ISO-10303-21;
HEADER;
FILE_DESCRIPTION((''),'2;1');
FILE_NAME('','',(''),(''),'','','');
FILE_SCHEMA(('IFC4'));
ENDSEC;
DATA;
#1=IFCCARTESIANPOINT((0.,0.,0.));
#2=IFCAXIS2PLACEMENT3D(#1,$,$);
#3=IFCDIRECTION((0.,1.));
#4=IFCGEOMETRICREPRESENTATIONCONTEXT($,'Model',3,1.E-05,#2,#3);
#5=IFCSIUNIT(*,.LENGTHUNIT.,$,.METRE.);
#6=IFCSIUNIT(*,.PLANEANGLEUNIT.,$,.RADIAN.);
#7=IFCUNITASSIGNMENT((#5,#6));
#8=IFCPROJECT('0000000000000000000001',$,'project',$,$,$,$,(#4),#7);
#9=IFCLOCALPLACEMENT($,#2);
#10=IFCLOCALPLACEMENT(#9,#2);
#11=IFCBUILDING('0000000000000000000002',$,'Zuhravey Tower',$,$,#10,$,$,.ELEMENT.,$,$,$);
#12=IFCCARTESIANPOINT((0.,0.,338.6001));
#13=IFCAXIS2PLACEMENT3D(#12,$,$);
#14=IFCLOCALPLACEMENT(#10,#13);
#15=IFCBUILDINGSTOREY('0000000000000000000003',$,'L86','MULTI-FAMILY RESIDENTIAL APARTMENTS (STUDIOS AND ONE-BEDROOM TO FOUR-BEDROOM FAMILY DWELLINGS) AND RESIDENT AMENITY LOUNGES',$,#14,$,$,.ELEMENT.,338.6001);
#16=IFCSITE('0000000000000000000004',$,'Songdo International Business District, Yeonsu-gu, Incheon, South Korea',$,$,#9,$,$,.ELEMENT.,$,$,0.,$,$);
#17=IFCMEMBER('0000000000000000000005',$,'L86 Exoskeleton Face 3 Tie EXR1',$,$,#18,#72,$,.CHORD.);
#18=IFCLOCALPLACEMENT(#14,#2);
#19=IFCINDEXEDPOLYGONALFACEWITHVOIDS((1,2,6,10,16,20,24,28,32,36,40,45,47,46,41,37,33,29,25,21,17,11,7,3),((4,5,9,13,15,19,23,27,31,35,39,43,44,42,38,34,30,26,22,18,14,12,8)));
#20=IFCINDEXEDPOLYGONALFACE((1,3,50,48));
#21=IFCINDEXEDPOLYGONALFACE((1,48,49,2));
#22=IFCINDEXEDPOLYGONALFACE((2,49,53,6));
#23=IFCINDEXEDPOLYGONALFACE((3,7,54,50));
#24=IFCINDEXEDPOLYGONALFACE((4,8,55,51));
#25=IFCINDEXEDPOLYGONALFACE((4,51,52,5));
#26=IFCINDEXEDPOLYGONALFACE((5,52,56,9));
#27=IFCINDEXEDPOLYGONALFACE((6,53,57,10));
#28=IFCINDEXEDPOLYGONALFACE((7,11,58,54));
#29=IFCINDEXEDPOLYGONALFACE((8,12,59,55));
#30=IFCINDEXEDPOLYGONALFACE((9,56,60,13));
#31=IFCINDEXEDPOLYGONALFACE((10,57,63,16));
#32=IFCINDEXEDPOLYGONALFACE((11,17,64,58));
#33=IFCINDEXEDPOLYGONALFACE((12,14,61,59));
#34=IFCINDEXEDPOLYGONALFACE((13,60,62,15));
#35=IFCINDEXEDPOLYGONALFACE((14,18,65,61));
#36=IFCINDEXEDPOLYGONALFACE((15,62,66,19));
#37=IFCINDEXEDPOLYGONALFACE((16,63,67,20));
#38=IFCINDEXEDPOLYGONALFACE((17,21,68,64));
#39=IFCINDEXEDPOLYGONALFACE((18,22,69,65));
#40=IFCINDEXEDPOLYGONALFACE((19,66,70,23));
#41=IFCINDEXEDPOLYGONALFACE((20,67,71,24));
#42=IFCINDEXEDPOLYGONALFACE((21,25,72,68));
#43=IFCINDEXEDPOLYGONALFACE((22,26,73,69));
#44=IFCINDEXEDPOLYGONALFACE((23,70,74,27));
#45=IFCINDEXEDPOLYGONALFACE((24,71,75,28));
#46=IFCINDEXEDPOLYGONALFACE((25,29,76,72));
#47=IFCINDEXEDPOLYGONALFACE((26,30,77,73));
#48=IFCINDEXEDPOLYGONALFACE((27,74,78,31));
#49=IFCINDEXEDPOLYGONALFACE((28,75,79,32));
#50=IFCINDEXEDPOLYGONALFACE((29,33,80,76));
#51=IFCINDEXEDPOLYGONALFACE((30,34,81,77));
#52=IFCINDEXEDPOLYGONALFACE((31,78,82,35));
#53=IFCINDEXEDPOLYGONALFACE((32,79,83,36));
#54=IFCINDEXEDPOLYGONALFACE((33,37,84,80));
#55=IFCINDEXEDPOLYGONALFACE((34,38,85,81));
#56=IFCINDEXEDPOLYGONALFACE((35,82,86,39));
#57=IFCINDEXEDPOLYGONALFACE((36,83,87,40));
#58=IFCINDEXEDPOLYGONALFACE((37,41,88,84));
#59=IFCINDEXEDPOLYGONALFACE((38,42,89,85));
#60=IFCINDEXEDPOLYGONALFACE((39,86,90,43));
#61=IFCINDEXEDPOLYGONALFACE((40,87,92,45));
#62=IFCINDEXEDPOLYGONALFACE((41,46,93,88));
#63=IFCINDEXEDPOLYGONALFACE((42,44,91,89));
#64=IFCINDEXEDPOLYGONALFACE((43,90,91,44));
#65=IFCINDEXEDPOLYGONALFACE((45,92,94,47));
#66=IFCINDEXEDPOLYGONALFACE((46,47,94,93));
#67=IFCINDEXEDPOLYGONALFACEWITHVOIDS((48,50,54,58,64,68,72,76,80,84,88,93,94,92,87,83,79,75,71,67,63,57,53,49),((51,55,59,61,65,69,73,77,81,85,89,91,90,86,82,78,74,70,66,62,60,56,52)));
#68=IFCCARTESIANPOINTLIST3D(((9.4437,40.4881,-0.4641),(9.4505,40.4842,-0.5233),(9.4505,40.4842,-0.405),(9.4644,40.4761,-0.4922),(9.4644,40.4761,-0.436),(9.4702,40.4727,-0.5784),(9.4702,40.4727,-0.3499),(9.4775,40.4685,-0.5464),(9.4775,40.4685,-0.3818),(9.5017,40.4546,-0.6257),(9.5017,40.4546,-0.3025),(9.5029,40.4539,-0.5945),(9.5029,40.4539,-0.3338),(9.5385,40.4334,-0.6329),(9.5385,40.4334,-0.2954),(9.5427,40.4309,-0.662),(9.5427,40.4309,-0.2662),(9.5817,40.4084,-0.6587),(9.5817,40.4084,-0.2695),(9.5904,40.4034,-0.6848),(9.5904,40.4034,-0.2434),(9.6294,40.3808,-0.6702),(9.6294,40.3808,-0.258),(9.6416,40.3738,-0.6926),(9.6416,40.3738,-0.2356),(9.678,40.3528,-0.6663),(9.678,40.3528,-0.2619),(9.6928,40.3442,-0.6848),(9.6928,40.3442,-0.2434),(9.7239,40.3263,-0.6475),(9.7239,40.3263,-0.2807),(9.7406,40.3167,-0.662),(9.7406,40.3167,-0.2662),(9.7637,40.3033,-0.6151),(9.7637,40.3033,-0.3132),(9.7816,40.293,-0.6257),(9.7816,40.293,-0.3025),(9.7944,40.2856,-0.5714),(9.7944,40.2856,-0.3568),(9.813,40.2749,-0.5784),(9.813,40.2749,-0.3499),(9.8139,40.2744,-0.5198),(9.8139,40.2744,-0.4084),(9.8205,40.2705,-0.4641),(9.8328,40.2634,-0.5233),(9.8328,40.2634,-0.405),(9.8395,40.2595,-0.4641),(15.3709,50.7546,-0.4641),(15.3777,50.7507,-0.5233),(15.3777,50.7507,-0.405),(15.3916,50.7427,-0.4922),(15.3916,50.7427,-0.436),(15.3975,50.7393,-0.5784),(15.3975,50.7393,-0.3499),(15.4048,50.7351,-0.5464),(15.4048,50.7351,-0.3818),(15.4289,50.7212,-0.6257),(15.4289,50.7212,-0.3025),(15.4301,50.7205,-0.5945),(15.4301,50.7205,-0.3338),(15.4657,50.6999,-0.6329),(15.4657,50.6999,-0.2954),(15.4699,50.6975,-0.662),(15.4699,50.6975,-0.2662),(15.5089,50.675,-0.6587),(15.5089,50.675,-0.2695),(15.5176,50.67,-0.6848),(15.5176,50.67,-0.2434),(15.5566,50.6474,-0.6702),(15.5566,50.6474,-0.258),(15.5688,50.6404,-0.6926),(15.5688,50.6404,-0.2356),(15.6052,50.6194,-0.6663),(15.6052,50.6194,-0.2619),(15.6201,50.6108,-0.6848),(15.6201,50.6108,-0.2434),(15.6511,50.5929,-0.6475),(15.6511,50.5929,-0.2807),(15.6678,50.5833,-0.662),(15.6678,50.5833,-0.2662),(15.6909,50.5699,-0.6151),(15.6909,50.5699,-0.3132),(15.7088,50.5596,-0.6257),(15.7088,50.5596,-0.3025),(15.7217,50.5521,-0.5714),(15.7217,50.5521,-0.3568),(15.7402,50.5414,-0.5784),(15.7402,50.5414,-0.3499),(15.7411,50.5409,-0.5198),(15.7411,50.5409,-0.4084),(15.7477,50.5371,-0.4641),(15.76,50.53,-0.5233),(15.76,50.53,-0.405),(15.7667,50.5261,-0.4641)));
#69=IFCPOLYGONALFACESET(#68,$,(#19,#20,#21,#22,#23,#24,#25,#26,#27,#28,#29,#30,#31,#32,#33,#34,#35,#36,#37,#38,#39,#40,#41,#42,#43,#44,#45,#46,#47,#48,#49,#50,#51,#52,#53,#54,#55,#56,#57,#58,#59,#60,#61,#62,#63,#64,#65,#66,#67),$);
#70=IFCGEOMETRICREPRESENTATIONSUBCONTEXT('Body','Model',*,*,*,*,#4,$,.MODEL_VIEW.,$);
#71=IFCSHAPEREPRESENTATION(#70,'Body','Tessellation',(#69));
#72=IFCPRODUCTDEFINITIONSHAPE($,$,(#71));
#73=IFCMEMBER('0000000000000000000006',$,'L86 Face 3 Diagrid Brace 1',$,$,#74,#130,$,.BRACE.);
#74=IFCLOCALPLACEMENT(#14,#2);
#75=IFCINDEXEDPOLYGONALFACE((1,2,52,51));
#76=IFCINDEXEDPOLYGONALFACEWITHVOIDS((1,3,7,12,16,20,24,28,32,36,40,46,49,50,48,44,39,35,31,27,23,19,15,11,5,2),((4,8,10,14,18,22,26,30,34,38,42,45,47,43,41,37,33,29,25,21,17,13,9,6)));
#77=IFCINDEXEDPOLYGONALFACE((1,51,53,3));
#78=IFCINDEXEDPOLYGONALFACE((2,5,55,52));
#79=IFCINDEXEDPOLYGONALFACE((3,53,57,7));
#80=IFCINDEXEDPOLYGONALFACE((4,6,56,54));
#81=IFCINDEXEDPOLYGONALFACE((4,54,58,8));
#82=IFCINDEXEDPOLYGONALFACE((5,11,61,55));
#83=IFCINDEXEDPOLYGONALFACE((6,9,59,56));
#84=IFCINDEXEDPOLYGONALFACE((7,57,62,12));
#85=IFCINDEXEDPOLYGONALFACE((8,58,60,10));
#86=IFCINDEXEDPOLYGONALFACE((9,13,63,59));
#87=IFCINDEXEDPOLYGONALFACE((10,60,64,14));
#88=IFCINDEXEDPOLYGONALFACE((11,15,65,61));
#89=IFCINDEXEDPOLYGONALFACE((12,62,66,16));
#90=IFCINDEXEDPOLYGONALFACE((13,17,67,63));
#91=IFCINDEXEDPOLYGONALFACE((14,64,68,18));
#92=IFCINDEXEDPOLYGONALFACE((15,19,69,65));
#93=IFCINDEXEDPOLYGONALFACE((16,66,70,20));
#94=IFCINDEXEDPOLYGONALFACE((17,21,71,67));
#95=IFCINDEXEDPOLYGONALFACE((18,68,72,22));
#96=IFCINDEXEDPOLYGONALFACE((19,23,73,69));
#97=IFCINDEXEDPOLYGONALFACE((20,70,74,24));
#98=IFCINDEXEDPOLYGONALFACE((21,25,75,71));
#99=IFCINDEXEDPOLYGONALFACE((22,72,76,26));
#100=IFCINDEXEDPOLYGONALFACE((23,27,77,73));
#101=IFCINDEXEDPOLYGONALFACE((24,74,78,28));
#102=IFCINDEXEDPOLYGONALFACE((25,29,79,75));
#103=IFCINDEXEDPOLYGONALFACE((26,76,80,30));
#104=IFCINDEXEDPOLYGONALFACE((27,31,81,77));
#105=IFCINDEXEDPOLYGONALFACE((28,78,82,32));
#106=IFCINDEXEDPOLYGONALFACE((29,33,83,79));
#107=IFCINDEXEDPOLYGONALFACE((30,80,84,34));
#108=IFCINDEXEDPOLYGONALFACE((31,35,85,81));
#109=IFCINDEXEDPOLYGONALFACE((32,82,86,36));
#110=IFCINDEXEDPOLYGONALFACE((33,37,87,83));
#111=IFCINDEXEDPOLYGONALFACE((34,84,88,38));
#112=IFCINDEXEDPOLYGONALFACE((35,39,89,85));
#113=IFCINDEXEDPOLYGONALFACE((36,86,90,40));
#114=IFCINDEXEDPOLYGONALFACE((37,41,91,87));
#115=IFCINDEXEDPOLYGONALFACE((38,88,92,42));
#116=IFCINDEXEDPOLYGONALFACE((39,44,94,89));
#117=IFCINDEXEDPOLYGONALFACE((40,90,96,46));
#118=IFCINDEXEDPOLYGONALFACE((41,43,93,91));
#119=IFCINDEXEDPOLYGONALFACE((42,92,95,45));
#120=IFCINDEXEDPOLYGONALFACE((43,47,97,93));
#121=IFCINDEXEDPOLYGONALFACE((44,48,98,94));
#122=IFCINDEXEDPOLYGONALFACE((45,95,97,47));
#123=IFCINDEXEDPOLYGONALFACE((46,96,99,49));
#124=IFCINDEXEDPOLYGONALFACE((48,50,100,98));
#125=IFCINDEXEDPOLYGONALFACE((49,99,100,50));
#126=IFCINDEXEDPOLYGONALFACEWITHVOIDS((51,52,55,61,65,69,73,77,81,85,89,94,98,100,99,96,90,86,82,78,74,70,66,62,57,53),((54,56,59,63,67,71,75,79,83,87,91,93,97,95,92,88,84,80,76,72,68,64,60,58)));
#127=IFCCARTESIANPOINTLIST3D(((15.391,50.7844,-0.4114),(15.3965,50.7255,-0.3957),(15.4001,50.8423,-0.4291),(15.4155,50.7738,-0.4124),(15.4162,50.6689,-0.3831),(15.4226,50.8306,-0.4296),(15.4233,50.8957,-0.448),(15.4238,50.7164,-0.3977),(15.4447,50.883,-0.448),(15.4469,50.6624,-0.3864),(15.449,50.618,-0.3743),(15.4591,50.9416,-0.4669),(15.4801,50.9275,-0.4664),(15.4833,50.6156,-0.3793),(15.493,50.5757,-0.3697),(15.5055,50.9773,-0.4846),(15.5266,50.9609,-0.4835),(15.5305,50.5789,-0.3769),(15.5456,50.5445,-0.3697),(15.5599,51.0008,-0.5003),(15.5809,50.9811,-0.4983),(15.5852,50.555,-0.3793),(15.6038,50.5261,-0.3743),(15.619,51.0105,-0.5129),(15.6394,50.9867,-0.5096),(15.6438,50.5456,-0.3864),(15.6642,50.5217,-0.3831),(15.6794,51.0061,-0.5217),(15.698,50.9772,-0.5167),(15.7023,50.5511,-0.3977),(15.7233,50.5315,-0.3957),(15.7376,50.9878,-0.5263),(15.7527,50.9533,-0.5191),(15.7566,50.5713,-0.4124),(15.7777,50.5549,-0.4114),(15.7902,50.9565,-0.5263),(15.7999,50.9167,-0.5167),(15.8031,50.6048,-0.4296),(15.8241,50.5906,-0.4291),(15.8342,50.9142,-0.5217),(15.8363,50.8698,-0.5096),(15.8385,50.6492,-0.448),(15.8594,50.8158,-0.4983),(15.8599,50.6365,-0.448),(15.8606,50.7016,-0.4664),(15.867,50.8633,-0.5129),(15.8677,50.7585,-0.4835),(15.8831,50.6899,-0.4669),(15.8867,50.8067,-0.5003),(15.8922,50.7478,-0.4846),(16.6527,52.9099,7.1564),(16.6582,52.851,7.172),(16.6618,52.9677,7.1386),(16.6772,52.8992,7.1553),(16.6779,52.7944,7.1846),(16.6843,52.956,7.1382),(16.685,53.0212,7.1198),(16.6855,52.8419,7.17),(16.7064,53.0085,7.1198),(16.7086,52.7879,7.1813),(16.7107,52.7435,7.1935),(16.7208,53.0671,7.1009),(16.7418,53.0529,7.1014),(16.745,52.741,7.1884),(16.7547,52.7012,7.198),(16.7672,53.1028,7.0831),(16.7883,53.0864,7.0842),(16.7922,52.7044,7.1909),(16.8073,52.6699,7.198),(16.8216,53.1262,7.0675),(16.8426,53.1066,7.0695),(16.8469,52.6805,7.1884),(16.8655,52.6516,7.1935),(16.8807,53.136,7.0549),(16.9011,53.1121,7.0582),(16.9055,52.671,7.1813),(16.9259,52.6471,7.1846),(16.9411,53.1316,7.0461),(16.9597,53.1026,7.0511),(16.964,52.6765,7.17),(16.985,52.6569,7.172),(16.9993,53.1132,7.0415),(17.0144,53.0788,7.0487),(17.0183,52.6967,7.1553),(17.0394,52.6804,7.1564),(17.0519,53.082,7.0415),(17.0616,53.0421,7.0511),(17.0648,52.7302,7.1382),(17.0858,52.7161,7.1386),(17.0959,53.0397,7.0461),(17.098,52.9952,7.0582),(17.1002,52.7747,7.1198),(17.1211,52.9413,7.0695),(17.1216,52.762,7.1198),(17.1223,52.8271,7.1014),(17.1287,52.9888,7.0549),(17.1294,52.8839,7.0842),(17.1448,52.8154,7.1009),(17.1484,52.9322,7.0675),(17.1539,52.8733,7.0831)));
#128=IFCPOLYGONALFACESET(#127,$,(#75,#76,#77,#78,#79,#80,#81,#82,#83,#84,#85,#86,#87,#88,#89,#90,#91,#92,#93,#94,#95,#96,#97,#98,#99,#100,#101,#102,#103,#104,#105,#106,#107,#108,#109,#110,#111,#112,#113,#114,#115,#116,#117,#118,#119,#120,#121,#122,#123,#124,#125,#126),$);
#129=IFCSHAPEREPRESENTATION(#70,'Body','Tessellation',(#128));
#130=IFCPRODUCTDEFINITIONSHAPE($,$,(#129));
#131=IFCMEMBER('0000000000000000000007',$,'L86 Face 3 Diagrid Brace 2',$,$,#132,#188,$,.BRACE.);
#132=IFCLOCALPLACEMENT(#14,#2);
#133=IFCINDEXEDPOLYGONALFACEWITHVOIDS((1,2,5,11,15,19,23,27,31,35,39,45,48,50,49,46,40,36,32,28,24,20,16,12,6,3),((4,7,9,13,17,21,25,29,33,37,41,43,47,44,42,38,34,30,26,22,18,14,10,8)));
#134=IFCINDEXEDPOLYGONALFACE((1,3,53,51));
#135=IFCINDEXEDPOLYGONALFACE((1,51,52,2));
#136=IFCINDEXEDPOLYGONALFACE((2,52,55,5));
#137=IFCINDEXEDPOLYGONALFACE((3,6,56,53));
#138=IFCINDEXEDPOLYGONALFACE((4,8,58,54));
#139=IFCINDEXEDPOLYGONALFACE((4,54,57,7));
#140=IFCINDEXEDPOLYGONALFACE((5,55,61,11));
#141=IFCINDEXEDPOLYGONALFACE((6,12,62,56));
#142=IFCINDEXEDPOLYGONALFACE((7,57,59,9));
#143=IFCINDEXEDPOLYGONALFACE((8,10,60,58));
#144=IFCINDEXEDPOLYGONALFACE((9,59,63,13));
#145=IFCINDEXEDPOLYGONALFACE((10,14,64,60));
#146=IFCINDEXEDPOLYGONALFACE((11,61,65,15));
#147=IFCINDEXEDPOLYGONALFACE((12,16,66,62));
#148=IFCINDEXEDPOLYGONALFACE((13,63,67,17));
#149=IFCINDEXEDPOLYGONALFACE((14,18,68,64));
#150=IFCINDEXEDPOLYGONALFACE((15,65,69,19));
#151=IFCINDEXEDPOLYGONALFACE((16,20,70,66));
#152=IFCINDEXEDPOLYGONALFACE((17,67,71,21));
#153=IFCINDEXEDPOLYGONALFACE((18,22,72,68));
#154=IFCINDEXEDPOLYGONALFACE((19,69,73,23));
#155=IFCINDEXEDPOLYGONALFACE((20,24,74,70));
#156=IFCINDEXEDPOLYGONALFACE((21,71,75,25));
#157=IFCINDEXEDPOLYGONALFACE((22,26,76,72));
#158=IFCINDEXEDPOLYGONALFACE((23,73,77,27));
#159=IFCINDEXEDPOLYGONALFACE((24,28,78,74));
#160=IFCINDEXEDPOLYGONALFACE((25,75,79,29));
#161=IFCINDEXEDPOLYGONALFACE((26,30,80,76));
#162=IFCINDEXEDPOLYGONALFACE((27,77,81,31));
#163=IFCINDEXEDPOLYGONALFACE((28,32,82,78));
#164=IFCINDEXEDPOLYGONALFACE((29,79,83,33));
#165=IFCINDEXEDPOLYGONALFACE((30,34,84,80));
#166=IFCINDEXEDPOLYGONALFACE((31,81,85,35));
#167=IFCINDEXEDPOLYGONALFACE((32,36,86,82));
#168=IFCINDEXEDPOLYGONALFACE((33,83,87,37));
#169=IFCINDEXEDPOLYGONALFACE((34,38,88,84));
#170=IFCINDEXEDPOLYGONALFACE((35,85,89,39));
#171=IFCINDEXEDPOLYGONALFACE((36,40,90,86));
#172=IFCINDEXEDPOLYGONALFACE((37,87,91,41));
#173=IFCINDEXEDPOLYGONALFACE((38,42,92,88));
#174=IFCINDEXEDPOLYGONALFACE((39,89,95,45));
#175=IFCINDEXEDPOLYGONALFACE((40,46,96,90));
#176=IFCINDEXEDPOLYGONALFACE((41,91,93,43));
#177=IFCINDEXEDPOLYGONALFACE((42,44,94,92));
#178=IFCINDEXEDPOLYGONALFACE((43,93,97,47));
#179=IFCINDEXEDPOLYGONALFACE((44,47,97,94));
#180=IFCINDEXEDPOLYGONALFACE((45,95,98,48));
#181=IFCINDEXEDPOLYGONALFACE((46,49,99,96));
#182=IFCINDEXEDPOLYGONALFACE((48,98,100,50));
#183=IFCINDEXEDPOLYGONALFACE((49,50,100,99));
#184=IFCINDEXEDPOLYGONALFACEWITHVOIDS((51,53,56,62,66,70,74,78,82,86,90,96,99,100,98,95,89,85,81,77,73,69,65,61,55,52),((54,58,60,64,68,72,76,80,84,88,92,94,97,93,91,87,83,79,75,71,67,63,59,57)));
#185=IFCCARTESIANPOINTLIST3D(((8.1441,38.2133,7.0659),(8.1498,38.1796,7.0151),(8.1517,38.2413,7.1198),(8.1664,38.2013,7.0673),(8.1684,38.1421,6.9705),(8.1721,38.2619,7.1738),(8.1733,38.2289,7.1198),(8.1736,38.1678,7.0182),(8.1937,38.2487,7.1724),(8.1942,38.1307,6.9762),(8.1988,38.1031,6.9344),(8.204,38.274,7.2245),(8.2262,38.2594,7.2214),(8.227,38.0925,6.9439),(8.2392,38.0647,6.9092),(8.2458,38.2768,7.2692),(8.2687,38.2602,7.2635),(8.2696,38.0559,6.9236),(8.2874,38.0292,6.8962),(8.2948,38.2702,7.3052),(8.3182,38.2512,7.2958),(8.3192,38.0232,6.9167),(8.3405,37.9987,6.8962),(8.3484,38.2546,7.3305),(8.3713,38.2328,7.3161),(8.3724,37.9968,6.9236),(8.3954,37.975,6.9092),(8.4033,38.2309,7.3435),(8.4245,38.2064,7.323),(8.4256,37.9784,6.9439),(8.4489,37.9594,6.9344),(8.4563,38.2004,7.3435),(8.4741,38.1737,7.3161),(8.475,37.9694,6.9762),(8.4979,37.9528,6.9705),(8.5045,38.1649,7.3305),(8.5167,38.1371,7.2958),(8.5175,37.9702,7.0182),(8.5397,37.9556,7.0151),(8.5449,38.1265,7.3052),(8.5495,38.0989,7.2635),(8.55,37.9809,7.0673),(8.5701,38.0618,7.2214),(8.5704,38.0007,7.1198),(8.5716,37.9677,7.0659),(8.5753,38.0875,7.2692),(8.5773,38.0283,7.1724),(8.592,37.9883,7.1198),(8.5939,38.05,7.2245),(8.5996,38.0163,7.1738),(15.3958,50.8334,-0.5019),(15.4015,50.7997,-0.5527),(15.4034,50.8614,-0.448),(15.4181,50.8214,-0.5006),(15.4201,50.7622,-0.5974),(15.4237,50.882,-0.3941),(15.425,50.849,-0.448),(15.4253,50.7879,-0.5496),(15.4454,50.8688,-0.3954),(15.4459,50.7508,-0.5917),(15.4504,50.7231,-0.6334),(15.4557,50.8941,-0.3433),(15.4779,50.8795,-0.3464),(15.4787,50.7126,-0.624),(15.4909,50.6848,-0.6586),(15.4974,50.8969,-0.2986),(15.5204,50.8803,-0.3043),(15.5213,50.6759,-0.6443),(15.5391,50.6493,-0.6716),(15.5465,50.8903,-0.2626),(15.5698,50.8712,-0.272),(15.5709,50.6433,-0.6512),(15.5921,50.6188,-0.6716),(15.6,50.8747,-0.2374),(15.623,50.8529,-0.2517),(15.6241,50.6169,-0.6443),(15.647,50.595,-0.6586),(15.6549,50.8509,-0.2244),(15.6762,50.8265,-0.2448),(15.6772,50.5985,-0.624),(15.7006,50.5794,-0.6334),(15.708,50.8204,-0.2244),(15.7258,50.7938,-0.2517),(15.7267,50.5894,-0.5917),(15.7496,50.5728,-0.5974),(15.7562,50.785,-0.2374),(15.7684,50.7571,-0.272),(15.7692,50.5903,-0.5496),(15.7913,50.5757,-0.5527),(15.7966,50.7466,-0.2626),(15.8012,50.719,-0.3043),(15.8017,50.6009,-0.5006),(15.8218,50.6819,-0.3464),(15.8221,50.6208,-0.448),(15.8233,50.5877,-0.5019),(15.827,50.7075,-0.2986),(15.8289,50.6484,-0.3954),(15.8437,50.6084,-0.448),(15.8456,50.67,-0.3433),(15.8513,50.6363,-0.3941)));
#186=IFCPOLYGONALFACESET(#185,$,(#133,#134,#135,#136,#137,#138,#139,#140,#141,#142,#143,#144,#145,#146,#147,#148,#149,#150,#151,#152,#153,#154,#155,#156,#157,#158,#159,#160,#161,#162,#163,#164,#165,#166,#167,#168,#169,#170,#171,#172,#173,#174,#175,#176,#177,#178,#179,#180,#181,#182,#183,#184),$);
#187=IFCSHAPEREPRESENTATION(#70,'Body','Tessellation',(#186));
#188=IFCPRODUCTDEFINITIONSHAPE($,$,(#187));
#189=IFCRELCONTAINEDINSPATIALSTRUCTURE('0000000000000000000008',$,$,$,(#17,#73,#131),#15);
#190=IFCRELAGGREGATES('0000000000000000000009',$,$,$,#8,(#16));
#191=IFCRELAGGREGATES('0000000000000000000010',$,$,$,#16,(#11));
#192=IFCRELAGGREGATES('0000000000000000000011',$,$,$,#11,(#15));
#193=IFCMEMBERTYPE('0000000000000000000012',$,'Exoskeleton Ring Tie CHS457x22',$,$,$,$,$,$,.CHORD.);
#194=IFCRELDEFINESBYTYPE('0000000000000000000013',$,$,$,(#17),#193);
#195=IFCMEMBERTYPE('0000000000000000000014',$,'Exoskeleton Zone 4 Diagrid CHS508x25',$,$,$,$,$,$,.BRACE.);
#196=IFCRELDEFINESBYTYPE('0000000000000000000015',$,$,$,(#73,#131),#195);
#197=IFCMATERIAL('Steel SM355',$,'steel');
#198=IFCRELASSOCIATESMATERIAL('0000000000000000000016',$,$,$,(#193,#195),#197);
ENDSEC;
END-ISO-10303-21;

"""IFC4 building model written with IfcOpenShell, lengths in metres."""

from ifc_helpers import new_model, si_unit, direction, frame, origin, origin_2d, place, context, subcontext, project, spatial, hollow_circle, extrude, material, material_profile, profile_set, type_object, element, save


model = new_model("IFC4")

# Units and contexts
model_context = context("Model", 3, precision=1e-05, world=origin(), true_north=direction((0.0, 1.0)))
body_context = subcontext(model_context, "Body", "Model", "MODEL_VIEW")
ifc_project = project(units=[si_unit("LENGTHUNIT", "METRE"), si_unit("PLANEANGLEUNIT", "RADIAN")], contexts=[model_context])

# Site, building, storey
site_placement = place(None, origin())
site = spatial("IfcSite", under=ifc_project, at=site_placement, Name="Songdo International Business District, Yeonsu-gu, Incheon, South Korea", CompositionType="ELEMENT", RefElevation=0.0)
building_placement = place(site_placement, origin())
building = spatial("IfcBuilding", under=site, at=building_placement, Name="Zuhravey Tower", CompositionType="ELEMENT")
storey_placement = place(building_placement, frame((0.0, 0.0, 338.6001)))
storey = spatial("IfcBuildingStorey", under=building, at=storey_placement, Name="L86", Description="MULTI-FAMILY RESIDENTIAL APARTMENTS (STUDIOS AND ONE-BEDROOM TO FOUR-BEDROOM FAMILY DWELLINGS) AND RESIDENT AMENITY LOUNGES", CompositionType="ELEMENT", Elevation=338.6001)

# Members
ifc_material_1 = material(Name="Steel SM355", Category="steel")
ifc_material_profile_1 = material_profile(ifc_material_1, hollow_circle(Radius=0.2285, WallThickness=0.022, at=origin_2d()), Name="CHS-457.2x22")
ifc_profile_set_1 = profile_set([ifc_material_profile_1], Name="Steel SM355")
member_type_1 = type_object("IfcMemberType", Name="Exoskeleton Ring Tie CHS457x22", PredefinedType="CHORD", material=ifc_profile_set_1)
member_1_placement = place(storey_placement, frame((15.5688, 50.6404, -0.4641), z_axis=(-0.499989, -0.866032, 0.0), x_axis=(0.866032, -0.499989, 0.0)))
element("IfcMember", 1, at=member_1_placement, inside=storey, type_object=member_type_1, Name="L86 Exoskeleton Face 3 Tie EXR1", PredefinedType="CHORD", context=body_context, shape_type="SweptSolid", body=[
    extrude(hollow_circle(Radius=0.2285, WallThickness=0.022, at=origin_2d()), origin(), (0.0, 0.0, 1.0), 11.8547),
])
ifc_material_profile_2 = material_profile(ifc_material_1, hollow_circle(Radius=0.2539, WallThickness=0.0249, at=origin_2d()), Name="CHS-508.0x25")
ifc_profile_set_2 = profile_set([ifc_material_profile_2], Name="Steel SM355")
member_type_2 = type_object("IfcMemberType", Name="Exoskeleton Zone 4 Diagrid CHS508x25", PredefinedType="BRACE", material=ifc_profile_set_2)
member_2_placement = place(storey_placement, frame((15.6416, 50.7661, -0.448), z_axis=(0.158481, 0.266978, 0.950582), x_axis=(-0.859906, 0.510452, 0.0)))
element("IfcMember", 2, at=member_2_placement, inside=storey, type_object=member_type_2, Name="L86 Face 3 Diagrid Brace 1", PredefinedType="BRACE", context=body_context, shape_type="SweptSolid", body=[
    extrude(hollow_circle(Radius=0.2539, WallThickness=0.0249, at=origin_2d()), origin(), (0.0, 0.0, 1.0), 7.9612),
])
member_3_placement = place(storey_placement, frame((15.6235, 50.7349, -0.448), z_axis=(-0.44204, -0.76928, 0.461312), x_axis=(0.867051, -0.49822, 0.0)))
element("IfcMember", 3, at=member_3_placement, inside=storey, type_object=member_type_2, Name="L86 Face 3 Diagrid Brace 2", PredefinedType="BRACE", context=body_context, shape_type="SweptSolid", body=[
    extrude(hollow_circle(Radius=0.2539, WallThickness=0.0249, at=origin_2d()), origin(), (0.0, 0.0, 1.0), 16.405),
])

save(model, "model.ifc")
